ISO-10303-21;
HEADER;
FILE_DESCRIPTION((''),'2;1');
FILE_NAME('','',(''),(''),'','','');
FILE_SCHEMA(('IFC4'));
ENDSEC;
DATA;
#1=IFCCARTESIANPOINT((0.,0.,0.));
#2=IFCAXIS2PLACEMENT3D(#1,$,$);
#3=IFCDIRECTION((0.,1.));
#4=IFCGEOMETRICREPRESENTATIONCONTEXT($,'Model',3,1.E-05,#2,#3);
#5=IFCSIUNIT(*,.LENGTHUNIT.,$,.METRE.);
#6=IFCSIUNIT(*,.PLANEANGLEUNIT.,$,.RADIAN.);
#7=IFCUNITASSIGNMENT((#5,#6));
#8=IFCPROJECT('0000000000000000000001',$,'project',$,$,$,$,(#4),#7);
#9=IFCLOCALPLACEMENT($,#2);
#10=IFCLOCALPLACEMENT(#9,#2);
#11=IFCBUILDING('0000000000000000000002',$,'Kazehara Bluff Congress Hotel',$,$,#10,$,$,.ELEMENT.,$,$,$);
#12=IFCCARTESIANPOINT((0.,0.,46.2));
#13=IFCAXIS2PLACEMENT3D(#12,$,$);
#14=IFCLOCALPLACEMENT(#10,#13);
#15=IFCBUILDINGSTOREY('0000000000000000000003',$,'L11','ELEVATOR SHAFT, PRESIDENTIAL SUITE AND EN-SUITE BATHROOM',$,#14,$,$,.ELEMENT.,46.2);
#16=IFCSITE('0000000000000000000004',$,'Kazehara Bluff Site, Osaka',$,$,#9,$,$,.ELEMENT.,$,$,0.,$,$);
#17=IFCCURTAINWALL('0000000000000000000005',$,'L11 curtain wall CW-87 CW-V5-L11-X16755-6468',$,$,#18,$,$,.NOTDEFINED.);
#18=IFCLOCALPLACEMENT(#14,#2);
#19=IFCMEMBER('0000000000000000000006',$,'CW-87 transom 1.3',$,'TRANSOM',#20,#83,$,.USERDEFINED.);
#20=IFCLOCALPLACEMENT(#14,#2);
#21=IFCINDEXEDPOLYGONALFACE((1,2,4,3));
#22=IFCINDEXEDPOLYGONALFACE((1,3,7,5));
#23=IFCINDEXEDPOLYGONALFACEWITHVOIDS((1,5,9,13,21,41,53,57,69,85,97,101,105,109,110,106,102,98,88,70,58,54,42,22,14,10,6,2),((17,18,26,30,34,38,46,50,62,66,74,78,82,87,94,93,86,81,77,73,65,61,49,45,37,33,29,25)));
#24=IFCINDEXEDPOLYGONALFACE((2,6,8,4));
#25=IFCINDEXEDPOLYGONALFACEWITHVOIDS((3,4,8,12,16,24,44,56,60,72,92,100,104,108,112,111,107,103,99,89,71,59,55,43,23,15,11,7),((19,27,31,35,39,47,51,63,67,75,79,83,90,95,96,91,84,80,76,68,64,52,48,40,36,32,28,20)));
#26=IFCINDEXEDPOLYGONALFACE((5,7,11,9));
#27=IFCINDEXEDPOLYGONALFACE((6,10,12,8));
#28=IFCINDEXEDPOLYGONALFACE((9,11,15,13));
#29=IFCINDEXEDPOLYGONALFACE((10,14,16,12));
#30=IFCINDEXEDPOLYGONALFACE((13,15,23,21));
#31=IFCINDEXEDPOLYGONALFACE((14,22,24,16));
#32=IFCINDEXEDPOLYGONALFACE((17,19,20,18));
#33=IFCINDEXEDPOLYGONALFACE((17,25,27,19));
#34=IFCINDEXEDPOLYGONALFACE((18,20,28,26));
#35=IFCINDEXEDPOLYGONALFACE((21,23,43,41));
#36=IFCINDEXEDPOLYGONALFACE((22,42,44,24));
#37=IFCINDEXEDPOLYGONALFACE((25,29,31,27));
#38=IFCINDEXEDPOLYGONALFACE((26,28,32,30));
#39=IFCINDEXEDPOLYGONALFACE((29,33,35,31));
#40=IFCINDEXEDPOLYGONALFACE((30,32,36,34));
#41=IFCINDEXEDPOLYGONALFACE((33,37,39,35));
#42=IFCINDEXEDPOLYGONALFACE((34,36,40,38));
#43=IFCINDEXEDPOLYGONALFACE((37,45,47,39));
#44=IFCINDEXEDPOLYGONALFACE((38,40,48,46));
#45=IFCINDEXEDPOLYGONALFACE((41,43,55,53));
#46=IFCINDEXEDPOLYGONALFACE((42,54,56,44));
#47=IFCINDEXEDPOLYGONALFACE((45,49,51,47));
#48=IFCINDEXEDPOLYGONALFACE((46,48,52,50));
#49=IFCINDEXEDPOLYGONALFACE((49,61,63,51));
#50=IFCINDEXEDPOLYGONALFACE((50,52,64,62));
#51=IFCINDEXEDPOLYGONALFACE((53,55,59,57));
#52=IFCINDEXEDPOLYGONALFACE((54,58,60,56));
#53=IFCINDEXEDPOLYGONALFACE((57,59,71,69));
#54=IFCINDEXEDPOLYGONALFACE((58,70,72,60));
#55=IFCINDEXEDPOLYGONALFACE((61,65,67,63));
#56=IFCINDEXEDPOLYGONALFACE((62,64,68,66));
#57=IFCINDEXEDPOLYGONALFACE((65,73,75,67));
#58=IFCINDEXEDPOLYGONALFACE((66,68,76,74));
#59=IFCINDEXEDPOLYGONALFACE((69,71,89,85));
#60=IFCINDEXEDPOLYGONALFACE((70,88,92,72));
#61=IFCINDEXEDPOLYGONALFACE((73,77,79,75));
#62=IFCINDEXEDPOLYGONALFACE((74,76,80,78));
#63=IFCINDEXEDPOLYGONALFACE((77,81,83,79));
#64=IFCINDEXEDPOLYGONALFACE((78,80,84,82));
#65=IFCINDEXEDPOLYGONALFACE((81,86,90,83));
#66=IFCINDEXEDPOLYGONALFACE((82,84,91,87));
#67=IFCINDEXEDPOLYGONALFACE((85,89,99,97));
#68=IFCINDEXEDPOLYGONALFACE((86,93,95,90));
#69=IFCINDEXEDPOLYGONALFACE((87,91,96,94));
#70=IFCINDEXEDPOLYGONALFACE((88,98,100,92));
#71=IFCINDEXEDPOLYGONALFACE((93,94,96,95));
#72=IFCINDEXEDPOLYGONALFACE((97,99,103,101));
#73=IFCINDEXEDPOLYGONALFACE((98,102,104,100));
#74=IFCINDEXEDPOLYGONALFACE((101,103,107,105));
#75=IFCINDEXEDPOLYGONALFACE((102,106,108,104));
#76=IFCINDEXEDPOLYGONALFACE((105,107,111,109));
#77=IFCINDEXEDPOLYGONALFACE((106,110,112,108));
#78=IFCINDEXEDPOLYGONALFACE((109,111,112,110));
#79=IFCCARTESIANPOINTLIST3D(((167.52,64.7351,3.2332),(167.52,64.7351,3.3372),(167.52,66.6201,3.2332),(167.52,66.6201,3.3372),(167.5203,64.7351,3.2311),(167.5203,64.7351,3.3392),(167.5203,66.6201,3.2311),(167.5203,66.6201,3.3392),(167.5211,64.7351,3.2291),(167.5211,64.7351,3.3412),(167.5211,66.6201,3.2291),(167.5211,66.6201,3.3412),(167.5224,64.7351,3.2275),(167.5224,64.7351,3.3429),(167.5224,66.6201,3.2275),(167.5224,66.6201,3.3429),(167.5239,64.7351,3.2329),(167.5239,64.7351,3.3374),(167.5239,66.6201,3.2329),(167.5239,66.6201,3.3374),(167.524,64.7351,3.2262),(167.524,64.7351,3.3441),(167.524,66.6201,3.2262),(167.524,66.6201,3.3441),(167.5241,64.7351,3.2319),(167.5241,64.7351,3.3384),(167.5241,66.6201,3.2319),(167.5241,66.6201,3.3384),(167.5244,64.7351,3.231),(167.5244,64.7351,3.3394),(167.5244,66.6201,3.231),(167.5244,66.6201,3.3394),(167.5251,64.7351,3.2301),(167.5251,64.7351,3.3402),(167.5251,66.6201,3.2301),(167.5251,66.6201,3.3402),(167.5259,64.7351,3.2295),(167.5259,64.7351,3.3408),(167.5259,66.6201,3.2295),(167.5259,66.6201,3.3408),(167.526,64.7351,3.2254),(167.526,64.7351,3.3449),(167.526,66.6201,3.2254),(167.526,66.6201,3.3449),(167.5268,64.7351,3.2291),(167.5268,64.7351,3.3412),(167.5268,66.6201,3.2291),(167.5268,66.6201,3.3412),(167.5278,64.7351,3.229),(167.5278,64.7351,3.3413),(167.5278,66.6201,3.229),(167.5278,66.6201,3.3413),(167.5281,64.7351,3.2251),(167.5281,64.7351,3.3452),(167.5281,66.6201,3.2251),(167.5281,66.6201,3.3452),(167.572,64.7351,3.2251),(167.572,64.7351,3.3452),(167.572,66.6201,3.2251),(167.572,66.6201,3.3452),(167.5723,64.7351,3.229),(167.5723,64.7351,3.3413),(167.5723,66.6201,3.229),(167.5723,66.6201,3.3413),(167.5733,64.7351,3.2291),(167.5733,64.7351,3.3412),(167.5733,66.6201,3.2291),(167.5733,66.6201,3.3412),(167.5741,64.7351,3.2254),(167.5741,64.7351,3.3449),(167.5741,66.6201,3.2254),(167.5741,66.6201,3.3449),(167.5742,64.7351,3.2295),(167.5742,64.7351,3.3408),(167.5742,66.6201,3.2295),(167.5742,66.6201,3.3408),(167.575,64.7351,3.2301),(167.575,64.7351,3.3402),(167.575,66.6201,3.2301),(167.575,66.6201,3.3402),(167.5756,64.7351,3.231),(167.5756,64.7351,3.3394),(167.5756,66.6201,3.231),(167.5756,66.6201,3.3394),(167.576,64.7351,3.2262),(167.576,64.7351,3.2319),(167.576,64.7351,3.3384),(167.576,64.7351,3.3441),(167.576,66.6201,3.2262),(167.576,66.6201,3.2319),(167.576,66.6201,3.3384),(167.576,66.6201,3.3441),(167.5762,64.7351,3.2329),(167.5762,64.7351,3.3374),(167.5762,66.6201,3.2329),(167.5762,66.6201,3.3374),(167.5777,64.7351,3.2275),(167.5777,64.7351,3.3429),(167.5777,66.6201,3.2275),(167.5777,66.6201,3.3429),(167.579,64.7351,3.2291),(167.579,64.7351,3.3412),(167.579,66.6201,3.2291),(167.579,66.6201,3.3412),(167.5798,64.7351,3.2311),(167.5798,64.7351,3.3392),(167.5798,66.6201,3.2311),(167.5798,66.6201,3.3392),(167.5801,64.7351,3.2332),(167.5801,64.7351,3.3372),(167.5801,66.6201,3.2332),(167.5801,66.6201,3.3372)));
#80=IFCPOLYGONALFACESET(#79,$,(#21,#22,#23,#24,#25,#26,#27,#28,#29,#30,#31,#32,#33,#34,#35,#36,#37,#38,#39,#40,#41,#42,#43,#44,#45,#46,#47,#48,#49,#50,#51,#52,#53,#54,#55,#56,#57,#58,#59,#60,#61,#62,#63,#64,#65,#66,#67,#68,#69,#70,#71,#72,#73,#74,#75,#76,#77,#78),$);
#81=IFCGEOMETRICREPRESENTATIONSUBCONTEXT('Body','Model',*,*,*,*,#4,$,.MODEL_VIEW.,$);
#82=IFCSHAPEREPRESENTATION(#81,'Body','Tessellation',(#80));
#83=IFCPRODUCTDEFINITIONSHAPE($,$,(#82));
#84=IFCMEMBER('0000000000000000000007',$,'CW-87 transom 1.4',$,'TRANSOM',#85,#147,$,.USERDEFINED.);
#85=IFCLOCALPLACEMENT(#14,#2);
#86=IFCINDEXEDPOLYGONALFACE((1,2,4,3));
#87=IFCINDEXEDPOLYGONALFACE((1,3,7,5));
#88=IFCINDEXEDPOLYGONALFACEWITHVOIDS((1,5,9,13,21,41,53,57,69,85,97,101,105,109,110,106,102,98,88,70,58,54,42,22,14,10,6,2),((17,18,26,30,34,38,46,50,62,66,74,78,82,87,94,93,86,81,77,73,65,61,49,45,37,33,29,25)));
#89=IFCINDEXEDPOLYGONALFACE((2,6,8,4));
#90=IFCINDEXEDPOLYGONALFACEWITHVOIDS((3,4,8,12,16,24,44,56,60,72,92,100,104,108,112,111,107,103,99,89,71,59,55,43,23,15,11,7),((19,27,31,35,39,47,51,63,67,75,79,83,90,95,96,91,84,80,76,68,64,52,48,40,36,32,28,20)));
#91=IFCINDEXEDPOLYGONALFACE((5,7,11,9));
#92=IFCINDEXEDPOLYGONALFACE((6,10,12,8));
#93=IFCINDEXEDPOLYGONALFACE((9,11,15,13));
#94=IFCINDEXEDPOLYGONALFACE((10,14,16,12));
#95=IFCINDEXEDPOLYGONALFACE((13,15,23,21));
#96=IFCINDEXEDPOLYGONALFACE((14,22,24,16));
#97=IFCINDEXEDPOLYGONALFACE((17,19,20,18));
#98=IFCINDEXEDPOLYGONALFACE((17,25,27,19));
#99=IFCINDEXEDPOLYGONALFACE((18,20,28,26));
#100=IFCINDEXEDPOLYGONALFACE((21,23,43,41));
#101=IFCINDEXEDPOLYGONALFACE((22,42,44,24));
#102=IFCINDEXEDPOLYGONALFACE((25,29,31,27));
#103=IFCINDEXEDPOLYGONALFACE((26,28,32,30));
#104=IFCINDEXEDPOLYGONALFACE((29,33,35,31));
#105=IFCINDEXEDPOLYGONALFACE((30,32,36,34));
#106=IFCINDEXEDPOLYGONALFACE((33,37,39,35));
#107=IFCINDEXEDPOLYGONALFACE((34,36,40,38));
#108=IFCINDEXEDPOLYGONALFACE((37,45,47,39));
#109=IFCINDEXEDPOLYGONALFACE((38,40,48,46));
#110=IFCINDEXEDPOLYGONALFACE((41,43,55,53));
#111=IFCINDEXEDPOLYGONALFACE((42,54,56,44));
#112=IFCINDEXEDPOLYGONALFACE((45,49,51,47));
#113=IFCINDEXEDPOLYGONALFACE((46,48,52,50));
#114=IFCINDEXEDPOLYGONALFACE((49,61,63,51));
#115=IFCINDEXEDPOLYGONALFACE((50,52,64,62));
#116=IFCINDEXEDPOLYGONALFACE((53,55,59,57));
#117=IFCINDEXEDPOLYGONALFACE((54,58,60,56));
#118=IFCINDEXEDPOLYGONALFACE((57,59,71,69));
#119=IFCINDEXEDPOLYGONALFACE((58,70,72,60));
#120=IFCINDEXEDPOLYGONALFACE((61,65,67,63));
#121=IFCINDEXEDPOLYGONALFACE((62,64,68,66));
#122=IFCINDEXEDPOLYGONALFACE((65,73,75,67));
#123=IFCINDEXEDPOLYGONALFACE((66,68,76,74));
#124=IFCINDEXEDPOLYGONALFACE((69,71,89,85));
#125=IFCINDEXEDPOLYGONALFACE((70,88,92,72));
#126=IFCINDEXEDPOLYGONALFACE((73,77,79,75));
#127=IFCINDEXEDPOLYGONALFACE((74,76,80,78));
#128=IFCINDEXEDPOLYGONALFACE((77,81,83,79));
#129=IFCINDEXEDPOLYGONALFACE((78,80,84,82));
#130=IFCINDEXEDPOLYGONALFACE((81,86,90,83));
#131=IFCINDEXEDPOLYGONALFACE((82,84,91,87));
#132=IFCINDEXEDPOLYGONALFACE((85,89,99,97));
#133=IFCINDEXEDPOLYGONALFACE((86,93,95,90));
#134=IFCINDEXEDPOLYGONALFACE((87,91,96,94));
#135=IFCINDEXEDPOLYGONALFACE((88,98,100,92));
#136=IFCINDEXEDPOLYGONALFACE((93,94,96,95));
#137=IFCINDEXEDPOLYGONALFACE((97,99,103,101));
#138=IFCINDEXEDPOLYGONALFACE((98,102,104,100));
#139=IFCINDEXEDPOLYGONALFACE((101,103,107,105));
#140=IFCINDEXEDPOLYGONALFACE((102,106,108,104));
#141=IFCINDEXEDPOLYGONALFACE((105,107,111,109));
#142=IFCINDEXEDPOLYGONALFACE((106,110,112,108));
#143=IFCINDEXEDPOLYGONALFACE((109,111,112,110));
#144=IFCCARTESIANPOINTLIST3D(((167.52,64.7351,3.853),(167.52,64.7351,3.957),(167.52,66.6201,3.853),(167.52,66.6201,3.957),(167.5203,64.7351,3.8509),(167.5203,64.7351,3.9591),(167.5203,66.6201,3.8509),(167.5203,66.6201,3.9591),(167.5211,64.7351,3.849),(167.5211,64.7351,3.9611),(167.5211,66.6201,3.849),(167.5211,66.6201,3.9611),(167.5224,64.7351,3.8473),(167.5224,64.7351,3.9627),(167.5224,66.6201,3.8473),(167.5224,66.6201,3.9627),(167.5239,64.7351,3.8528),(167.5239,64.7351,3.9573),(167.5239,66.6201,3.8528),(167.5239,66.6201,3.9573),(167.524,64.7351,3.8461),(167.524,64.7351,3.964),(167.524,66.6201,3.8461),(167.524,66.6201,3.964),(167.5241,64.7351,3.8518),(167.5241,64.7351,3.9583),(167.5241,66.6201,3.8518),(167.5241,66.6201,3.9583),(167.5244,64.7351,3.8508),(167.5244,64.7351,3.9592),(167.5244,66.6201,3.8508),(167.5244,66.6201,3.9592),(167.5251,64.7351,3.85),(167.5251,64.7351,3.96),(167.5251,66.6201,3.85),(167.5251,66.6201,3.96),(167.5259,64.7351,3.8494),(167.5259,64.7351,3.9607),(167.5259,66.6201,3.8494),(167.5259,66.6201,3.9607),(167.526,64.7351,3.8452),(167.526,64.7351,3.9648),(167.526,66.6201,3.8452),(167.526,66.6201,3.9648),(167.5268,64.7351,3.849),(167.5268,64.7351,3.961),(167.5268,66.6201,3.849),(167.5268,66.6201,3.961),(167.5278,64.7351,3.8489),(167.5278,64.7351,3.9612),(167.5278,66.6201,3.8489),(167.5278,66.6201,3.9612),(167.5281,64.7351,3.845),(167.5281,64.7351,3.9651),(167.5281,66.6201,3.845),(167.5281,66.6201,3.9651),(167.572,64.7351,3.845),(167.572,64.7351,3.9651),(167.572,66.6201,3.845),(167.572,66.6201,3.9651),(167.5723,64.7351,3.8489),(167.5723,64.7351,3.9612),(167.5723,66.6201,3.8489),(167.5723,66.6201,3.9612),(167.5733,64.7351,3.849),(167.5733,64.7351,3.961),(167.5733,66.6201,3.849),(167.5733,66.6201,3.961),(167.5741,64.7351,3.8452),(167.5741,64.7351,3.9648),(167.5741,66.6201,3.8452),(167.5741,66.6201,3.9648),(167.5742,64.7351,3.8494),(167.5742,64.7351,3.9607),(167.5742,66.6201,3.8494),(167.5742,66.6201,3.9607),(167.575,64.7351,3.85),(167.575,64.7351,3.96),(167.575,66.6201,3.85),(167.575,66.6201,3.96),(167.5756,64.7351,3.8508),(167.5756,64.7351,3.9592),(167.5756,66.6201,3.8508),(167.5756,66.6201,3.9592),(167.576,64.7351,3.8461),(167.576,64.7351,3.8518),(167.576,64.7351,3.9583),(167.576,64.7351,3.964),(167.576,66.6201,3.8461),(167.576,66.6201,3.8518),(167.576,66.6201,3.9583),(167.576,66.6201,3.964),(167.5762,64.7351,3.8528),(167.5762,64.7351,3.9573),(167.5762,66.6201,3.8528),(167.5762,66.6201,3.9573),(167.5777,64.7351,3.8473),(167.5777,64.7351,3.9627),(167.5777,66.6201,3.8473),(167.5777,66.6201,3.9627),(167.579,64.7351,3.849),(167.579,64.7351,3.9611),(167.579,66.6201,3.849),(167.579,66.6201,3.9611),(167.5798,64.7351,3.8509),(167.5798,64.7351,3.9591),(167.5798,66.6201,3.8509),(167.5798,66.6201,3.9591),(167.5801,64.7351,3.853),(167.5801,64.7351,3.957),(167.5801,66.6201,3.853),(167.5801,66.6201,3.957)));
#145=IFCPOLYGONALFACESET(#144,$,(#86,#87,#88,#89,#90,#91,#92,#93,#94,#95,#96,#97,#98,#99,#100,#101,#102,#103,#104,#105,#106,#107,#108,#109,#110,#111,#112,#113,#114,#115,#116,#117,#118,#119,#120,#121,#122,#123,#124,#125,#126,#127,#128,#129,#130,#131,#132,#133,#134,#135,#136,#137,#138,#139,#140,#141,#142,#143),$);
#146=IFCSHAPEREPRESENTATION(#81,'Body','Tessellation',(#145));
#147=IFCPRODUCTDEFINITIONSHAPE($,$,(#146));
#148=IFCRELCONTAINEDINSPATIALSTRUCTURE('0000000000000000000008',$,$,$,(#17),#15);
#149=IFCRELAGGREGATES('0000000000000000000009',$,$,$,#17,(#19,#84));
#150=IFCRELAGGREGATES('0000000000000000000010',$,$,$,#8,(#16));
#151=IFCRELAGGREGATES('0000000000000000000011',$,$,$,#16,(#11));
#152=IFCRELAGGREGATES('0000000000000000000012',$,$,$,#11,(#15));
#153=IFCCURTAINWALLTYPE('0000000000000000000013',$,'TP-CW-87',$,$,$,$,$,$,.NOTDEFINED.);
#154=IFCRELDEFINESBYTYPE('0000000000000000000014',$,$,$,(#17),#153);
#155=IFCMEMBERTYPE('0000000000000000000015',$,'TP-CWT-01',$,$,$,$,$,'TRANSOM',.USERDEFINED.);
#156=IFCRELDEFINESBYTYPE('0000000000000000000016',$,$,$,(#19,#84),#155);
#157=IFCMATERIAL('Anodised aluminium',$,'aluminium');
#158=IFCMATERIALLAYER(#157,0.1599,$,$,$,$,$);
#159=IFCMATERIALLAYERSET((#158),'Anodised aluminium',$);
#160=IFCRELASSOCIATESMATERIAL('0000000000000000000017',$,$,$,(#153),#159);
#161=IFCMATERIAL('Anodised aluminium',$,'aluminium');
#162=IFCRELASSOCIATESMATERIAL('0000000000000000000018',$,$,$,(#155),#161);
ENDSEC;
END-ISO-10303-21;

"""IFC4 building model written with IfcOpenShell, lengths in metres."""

from ifc_helpers import new_model, si_unit, direction, frame, origin, origin_2d, place, context, subcontext, project, spatial, hollow_rectangle, extrude, material, layer, layer_set, material_profile, profile_set, type_object, element, aggregate, save


model = new_model("IFC4")

# Units and contexts
model_context = context("Model", 3, precision=1e-05, world=origin(), true_north=direction((0.0, 1.0)))
body_context = subcontext(model_context, "Body", "Model", "MODEL_VIEW")
ifc_project = project(units=[si_unit("LENGTHUNIT", "METRE"), si_unit("PLANEANGLEUNIT", "RADIAN")], contexts=[model_context])

# Site, building, storey
site_placement = place(None, origin())
site = spatial("IfcSite", under=ifc_project, at=site_placement, Name="Kazehara Bluff Site, Osaka", CompositionType="ELEMENT", RefElevation=0.0)
building_placement = place(site_placement, origin())
building = spatial("IfcBuilding", under=site, at=building_placement, Name="Kazehara Bluff Congress Hotel", CompositionType="ELEMENT")
storey_placement = place(building_placement, frame((0.0, 0.0, 46.2)))
storey = spatial("IfcBuildingStorey", under=building, at=storey_placement, Name="L11", Description="ELEVATOR SHAFT, PRESIDENTIAL SUITE AND EN-SUITE BATHROOM", CompositionType="ELEMENT", Elevation=46.2)

# Curtain wall, members
ifc_material_1 = material(Name="Anodised aluminium", Category="aluminium")
ifc_layer_1 = layer(ifc_material_1, 0.1599)
ifc_layer_set_1 = layer_set([ifc_layer_1], Name="Anodised aluminium")
curtain_wall_type = type_object("IfcCurtainWallType", Name="TP-CW-87", PredefinedType="NOTDEFINED", material=ifc_layer_set_1)
curtain_wall_placement = place(storey_placement, origin())
curtain_wall = element("IfcCurtainWall", 1, at=curtain_wall_placement, inside=storey, type_object=curtain_wall_type, Name="L11 curtain wall CW-87 CW-V5-L11-X16755-6468", PredefinedType="NOTDEFINED")
ifc_material_2 = material(Name="Anodised aluminium", Category="aluminium")
ifc_material_profile_1 = material_profile(ifc_material_2, hollow_rectangle(XDim=0.0601, YDim=0.1201, WallThickness=0.0039, InnerFilletRadius=0.0039, OuterFilletRadius=0.0081, at=origin_2d()))
ifc_profile_set_1 = profile_set([ifc_material_profile_1], Name="Anodised aluminium")
member_type_1 = type_object("IfcMemberType", Name="TP-CWT-01", ElementType="TRANSOM", PredefinedType="USERDEFINED", material=ifc_profile_set_1)
member_1_placement = place(storey_placement, frame((167.55, 64.7351, 3.2852), z_axis=(0.0, 1.0, 0.0), x_axis=(-1.0, 0.0, 0.0)))
member_1 = element("IfcMember", 2, at=member_1_placement, type_object=member_type_1, Name="CW-87 transom 1.3", ObjectType="TRANSOM", PredefinedType="USERDEFINED", context=body_context, shape_type="SweptSolid", body=[
    extrude(hollow_rectangle(XDim=0.0601, YDim=0.1201, WallThickness=0.0039, InnerFilletRadius=0.0039, OuterFilletRadius=0.0081, at=origin_2d()), origin(), (0.0, 0.0, 1.0), 1.885),
])
member_2_placement = place(storey_placement, frame((167.55, 64.7351, 3.905), z_axis=(0.0, 1.0, 0.0), x_axis=(-1.0, 0.0, 0.0)))
member_2 = element("IfcMember", 3, at=member_2_placement, type_object=member_type_1, Name="CW-87 transom 1.4", ObjectType="TRANSOM", PredefinedType="USERDEFINED", context=body_context, shape_type="SweptSolid", body=[
    extrude(hollow_rectangle(XDim=0.0601, YDim=0.1201, WallThickness=0.0039, InnerFilletRadius=0.0039, OuterFilletRadius=0.0081, at=origin_2d()), origin(), (0.0, 0.0, 1.0), 1.885),
])
aggregate(curtain_wall, [member_1, member_2])

save(model, "model.ifc")
